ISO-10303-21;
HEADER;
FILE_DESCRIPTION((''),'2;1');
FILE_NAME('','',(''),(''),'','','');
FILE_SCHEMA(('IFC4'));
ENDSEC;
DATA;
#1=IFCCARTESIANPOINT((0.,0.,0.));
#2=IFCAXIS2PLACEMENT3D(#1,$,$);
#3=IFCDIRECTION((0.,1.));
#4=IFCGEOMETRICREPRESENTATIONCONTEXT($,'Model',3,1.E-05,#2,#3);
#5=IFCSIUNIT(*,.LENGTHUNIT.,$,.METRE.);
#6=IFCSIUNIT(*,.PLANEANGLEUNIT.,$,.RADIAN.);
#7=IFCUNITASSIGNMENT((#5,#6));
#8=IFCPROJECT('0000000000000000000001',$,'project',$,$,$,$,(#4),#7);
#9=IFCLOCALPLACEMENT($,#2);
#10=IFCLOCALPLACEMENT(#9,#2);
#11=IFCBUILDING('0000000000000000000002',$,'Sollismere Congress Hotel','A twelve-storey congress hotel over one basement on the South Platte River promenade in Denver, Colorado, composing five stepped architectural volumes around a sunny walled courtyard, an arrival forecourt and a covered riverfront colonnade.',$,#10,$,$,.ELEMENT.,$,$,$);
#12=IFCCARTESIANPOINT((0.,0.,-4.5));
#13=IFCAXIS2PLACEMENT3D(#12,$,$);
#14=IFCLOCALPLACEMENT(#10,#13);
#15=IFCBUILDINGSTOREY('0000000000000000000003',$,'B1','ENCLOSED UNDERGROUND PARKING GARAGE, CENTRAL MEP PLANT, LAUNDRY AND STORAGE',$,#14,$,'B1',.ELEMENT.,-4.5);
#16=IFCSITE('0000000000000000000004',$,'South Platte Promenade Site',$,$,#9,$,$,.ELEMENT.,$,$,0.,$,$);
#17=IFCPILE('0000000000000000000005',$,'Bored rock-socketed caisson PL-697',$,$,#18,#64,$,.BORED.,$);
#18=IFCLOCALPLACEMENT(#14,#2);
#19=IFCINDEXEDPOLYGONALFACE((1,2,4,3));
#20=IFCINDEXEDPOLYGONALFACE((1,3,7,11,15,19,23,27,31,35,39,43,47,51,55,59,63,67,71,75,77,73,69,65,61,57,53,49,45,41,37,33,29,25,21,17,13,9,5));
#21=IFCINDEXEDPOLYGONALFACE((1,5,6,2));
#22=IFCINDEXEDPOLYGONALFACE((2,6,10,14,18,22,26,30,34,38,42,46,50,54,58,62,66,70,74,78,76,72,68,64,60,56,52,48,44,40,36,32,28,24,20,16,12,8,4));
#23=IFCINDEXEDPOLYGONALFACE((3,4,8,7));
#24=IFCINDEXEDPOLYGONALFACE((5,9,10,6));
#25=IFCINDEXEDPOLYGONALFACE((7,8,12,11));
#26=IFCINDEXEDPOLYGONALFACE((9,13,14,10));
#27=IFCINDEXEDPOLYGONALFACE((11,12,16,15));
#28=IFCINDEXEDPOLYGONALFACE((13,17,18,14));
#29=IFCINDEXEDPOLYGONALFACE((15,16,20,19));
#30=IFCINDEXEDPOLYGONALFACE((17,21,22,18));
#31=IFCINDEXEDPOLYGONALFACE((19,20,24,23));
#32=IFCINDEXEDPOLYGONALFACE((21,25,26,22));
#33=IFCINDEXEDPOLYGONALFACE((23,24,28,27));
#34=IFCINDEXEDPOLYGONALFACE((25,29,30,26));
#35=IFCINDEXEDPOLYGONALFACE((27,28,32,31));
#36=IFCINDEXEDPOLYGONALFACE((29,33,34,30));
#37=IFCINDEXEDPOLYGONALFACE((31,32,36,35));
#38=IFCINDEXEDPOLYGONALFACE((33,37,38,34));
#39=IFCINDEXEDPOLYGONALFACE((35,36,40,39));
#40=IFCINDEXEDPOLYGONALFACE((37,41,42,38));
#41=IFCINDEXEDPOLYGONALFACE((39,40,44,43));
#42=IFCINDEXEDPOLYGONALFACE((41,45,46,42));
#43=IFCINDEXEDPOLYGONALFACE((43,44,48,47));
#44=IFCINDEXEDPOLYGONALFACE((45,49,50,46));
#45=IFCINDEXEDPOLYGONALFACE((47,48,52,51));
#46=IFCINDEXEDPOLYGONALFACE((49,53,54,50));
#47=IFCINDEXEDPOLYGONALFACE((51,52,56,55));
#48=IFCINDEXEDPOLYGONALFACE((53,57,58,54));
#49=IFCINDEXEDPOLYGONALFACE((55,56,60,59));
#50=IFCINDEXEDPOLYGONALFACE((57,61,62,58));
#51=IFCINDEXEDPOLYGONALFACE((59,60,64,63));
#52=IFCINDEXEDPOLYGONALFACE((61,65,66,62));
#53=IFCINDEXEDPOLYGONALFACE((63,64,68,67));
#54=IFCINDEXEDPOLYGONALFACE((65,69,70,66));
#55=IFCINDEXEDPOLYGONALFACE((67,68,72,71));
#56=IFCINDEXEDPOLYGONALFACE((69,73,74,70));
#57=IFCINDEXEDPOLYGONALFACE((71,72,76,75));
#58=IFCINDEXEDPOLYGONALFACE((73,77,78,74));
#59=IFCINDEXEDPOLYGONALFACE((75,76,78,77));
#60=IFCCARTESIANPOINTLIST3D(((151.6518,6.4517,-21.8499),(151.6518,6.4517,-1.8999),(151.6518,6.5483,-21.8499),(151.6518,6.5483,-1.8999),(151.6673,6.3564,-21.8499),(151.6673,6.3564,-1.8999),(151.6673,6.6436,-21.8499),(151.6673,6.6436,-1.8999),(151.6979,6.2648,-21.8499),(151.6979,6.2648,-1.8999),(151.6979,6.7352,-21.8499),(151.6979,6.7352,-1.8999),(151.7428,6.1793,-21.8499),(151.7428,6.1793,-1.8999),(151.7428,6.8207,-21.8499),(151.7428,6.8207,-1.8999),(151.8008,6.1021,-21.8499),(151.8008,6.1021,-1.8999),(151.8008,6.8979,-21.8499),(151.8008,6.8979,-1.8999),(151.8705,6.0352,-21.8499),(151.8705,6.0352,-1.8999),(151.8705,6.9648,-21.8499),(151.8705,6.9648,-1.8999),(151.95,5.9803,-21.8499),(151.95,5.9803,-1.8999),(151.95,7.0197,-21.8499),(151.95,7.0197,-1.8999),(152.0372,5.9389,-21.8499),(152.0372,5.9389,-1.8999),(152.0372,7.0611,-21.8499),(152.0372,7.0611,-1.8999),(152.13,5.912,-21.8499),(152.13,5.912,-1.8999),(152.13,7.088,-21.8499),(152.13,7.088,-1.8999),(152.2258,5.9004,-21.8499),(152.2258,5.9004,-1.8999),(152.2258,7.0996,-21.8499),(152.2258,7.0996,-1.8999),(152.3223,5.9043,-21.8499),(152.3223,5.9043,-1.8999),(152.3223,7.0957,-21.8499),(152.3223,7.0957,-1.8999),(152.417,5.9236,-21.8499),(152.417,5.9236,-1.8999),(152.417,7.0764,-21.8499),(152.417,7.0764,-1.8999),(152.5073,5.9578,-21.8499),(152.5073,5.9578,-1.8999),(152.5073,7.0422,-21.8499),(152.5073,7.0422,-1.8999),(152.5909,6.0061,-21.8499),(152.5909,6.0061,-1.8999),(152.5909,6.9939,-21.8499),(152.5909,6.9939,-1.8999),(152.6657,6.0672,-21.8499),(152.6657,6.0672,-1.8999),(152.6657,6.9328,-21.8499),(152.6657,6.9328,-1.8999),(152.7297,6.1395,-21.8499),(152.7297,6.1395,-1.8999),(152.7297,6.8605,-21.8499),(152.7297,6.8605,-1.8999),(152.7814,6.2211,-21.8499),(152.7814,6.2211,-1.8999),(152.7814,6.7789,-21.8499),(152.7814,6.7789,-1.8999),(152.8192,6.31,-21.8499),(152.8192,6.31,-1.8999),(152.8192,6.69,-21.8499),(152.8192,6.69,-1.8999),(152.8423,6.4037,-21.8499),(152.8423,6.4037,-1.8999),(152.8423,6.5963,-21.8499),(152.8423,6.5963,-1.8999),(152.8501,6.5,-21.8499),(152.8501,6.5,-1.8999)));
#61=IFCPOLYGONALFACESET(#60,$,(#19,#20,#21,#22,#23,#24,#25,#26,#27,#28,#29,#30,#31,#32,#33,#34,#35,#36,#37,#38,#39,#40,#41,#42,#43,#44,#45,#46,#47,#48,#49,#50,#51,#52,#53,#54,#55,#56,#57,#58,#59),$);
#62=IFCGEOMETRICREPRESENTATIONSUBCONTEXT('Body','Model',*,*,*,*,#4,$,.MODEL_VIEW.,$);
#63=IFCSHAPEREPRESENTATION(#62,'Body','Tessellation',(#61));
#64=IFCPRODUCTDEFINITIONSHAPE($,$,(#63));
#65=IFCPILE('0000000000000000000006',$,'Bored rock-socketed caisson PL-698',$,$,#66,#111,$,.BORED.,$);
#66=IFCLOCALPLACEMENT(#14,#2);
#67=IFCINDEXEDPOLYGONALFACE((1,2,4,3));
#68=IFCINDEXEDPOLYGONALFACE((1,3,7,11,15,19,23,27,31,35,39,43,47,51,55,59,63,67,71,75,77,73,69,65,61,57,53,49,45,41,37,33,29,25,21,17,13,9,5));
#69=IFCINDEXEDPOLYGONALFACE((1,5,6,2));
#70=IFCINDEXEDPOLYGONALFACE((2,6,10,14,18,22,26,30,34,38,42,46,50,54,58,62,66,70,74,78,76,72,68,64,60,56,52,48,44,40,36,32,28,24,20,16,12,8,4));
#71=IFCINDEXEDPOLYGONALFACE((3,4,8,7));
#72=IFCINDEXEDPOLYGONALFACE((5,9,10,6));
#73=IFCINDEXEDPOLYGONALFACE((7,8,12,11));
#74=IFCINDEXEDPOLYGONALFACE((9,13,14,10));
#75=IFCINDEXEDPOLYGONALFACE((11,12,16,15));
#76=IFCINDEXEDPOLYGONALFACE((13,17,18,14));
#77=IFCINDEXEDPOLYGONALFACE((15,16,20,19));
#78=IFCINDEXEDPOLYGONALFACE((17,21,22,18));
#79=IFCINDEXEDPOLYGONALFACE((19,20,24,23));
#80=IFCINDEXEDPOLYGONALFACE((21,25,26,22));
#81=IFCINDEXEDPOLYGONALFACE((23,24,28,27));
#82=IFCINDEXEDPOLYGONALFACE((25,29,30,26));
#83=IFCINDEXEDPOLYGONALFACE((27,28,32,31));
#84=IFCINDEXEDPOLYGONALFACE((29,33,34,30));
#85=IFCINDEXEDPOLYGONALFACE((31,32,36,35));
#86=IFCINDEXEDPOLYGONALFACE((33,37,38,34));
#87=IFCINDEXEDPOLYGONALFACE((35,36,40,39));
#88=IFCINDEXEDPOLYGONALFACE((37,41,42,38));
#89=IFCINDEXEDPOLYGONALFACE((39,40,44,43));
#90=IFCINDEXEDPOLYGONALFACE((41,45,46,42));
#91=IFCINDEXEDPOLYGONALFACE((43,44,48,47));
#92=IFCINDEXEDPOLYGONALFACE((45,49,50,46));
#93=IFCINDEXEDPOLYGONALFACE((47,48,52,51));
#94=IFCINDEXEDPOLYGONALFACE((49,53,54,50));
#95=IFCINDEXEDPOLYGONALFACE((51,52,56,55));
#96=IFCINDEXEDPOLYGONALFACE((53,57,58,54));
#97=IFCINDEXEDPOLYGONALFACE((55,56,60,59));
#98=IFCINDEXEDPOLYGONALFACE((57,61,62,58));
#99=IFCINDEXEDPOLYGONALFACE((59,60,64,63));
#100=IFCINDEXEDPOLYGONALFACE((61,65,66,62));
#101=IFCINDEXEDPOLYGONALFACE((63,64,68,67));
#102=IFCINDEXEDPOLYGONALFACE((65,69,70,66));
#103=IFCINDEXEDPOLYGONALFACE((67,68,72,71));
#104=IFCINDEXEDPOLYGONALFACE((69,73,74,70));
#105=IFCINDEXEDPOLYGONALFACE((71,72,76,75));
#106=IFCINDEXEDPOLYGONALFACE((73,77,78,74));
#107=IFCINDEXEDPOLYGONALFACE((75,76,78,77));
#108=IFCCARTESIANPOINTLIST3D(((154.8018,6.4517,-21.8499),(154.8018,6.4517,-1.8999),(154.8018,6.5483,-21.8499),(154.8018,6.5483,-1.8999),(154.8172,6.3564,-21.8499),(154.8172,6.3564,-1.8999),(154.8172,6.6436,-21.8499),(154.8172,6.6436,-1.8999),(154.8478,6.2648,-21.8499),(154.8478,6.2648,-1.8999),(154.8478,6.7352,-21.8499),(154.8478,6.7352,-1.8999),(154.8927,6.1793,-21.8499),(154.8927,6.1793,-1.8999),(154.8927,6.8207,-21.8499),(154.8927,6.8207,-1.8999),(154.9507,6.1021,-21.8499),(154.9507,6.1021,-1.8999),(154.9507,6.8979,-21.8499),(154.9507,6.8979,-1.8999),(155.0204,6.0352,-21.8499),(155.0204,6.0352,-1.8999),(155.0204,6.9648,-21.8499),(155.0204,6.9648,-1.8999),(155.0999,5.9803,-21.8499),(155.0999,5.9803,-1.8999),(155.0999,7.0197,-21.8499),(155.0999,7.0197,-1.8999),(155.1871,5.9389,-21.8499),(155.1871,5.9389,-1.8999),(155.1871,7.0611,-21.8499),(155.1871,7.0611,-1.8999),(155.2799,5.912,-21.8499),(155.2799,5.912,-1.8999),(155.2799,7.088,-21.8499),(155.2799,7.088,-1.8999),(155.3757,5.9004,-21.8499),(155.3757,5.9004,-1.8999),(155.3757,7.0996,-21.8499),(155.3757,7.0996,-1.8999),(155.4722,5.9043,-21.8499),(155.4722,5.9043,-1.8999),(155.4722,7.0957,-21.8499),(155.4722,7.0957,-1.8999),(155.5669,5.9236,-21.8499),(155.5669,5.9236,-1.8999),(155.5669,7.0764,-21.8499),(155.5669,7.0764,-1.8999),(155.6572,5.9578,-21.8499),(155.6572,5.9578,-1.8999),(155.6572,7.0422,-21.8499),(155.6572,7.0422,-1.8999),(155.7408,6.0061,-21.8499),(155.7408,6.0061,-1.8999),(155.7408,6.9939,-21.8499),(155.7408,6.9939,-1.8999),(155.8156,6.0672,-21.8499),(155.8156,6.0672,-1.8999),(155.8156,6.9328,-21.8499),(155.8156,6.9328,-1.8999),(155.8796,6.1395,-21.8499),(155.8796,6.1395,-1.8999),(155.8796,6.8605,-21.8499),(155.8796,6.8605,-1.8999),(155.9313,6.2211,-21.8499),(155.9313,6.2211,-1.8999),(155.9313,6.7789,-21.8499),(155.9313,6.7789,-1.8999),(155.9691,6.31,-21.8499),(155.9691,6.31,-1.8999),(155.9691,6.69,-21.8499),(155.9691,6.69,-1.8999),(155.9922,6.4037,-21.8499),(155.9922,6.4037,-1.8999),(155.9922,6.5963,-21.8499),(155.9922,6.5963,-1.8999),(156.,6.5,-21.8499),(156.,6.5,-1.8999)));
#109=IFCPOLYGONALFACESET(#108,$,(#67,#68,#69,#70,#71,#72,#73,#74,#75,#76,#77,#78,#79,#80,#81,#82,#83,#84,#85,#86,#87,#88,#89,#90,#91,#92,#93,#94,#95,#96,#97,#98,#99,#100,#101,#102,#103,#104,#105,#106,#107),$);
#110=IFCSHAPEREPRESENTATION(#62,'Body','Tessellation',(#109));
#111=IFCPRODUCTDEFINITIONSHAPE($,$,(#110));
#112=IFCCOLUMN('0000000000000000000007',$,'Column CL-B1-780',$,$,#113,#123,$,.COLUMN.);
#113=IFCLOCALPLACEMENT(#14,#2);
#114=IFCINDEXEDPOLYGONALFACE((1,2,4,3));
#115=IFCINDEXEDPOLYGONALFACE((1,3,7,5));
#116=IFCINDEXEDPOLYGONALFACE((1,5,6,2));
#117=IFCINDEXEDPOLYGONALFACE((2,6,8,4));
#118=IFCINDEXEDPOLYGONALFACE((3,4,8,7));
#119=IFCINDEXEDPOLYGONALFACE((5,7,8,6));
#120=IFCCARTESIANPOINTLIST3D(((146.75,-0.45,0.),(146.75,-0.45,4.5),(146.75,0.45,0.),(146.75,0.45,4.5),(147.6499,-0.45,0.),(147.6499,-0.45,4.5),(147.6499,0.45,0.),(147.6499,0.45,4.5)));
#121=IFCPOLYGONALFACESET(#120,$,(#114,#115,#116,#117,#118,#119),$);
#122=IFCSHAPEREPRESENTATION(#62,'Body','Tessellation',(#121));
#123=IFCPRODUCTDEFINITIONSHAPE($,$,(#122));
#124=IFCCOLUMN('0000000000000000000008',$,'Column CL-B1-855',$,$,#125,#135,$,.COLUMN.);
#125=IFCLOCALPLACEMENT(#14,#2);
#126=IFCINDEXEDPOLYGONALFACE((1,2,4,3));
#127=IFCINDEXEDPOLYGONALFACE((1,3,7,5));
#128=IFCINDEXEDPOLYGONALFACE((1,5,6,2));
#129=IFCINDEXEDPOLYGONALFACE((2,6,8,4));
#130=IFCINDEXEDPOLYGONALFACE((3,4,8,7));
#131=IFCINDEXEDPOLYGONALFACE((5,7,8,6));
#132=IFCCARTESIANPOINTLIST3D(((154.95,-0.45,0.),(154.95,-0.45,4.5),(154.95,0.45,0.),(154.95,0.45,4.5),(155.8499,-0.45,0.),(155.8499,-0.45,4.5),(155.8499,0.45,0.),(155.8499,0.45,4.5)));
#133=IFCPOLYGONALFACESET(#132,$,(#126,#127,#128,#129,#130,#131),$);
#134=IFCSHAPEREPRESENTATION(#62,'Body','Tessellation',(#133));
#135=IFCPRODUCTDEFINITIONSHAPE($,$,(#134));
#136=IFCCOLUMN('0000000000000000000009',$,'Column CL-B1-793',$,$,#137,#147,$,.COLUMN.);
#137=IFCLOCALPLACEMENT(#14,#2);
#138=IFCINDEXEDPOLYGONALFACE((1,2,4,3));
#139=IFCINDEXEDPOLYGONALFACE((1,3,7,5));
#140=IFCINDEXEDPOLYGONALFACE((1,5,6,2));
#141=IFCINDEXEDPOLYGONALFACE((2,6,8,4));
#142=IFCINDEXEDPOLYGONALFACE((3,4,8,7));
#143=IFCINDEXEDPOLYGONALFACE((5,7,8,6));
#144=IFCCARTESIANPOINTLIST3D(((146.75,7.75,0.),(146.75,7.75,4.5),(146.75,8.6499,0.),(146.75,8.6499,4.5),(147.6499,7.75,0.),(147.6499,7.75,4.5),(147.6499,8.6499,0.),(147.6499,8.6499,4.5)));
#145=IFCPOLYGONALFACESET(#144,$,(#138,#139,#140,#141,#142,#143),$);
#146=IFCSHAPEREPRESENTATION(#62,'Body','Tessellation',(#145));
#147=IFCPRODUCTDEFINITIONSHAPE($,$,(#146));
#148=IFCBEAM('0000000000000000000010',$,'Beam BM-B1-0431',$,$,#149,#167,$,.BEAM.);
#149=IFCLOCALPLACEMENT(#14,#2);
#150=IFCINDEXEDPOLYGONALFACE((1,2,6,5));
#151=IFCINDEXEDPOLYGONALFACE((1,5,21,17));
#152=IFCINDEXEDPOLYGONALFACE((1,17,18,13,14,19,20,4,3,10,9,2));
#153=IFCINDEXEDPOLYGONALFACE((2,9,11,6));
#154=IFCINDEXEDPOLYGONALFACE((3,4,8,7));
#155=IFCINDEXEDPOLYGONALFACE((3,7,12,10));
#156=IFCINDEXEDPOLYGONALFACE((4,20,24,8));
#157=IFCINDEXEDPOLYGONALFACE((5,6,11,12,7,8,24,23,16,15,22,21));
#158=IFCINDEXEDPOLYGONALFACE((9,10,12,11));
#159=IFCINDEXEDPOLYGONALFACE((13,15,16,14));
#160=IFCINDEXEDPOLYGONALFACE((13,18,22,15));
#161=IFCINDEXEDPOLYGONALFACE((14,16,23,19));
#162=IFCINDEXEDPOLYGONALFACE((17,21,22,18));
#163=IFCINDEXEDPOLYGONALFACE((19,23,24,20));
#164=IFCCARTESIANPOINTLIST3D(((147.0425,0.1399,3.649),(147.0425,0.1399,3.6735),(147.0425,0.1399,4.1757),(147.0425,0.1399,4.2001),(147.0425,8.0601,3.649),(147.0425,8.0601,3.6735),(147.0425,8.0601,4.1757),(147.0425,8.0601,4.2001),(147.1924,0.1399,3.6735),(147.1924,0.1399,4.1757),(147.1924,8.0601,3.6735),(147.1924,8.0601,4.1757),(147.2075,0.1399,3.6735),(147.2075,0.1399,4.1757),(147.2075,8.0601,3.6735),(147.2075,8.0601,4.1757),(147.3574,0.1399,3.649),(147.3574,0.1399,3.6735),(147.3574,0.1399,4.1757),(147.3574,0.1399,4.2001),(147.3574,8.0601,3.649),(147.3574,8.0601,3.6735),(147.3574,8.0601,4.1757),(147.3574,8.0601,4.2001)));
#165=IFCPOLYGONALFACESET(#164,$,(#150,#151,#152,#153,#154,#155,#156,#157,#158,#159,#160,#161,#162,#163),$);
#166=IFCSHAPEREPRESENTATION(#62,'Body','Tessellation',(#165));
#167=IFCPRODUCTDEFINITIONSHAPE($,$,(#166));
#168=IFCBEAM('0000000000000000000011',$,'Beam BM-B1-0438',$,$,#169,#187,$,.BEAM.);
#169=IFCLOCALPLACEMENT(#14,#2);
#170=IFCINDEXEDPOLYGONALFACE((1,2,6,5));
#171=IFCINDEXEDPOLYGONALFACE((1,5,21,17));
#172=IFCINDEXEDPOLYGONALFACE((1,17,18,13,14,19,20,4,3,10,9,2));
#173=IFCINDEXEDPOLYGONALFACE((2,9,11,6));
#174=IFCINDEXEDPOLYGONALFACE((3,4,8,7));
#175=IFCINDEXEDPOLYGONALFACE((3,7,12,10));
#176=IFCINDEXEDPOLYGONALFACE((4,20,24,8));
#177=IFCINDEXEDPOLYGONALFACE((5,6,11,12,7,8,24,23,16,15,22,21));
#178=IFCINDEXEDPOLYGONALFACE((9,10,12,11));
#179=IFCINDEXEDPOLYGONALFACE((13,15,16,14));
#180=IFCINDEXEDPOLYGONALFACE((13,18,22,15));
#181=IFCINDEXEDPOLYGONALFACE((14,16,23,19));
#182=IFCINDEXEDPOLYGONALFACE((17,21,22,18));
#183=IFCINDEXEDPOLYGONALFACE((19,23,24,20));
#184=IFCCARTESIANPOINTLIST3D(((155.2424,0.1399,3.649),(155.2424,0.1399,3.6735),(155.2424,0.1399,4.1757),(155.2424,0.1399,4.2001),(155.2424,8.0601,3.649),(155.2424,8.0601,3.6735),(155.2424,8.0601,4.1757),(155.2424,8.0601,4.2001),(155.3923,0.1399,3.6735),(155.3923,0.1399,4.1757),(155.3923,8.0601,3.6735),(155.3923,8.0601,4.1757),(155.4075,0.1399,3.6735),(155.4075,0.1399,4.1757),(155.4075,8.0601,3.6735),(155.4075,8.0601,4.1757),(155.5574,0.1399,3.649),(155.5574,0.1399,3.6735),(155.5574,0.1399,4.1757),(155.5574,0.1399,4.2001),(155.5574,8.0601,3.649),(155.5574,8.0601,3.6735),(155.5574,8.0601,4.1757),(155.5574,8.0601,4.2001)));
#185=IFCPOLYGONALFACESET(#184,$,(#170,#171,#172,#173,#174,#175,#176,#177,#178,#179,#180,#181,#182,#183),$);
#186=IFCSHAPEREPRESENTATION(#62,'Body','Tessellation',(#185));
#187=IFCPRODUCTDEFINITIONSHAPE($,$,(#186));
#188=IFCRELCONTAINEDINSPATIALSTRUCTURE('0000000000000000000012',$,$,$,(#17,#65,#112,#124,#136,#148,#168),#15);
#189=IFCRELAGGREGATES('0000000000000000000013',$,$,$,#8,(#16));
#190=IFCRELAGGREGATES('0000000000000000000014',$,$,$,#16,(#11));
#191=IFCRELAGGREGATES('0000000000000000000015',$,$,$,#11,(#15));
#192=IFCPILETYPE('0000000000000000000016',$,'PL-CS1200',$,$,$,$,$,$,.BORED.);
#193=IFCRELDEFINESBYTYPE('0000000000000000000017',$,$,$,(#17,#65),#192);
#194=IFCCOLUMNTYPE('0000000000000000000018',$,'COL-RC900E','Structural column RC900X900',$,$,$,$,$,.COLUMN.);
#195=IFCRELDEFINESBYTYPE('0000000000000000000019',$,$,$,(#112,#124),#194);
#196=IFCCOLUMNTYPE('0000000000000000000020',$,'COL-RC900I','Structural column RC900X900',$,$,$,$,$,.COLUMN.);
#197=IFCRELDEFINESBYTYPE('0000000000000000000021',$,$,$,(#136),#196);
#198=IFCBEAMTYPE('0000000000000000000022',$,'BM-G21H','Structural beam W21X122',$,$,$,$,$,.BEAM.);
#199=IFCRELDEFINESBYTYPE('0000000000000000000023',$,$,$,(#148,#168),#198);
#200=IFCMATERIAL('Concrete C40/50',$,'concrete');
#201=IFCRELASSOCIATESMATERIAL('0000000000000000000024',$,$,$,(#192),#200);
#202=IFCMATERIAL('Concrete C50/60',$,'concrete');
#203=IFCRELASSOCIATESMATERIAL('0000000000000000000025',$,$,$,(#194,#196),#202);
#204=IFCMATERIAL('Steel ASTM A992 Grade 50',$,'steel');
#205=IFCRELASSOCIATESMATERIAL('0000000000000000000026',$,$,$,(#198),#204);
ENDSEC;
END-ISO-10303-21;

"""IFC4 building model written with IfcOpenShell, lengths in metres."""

from ifc_helpers import new_model, si_unit, direction, frame, origin, origin_2d, place, context, subcontext, project, spatial, rectangle, circle, i_section, extrude, material, material_profile, profile_set, type_object, element, save


model = new_model("IFC4")

# Units and contexts
model_context = context("Model", 3, precision=1e-05, world=origin(), true_north=direction((0.0, 1.0)))
body_context = subcontext(model_context, "Body", "Model", "MODEL_VIEW")
ifc_project = project(units=[si_unit("LENGTHUNIT", "METRE"), si_unit("PLANEANGLEUNIT", "RADIAN")], contexts=[model_context])

# Site, building, storey
site_placement = place(None, origin())
site = spatial("IfcSite", under=ifc_project, at=site_placement, Name="South Platte Promenade Site", CompositionType="ELEMENT", RefElevation=0.0)
building_placement = place(site_placement, origin())
building = spatial("IfcBuilding", under=site, at=building_placement, Name="Sollismere Congress Hotel", Description="A twelve-storey congress hotel over one basement on the South Platte River promenade in Denver, Colorado, composing five stepped architectural volumes around a sunny walled courtyard, an arrival forecourt and a covered riverfront colonnade.", CompositionType="ELEMENT")
storey_placement = place(building_placement, frame((0.0, 0.0, -4.5)))
storey = spatial("IfcBuildingStorey", under=building, at=storey_placement, Name="B1", Description="ENCLOSED UNDERGROUND PARKING GARAGE, CENTRAL MEP PLANT, LAUNDRY AND STORAGE", LongName="B1", CompositionType="ELEMENT", Elevation=-4.5)

# Shared definitions
ifc_material_1 = material(Name="Concrete C40/50", Category="concrete")

# Piles
ifc_material_profile_1 = material_profile(ifc_material_1, circle(Radius=0.6001, at=origin_2d()), Name="CAISSON1200")
ifc_profile_set_1 = profile_set([ifc_material_profile_1], Name="Concrete C40/50")
pile_type = type_object("IfcPileType", Name="PL-CS1200", PredefinedType="BORED", material=ifc_profile_set_1)
for number, where, z_axis, x_axis, name in (
    (1, (152.25, 6.5, -1.8999), (0.0, 0.0, -1.0), (1.0, 0.0, 0.0), "Bored rock-socketed caisson PL-697"),
    (2, (155.3999, 6.5, -1.8999), (0.0, 0.0, -1.0), (1.0, 0.0, 0.0), "Bored rock-socketed caisson PL-698"),
):
    element("IfcPile", number, at=place(storey_placement, frame(where, z_axis=z_axis, x_axis=x_axis)), inside=storey, type_object=pile_type, Name=name, PredefinedType="BORED", context=body_context, shape_type="SweptSolid", body=[
        extrude(circle(Radius=0.6001, at=origin_2d()), origin(), (0.0, 0.0, 1.0), 19.95),
    ])

# Columns
ifc_material_2 = material(Name="Concrete C50/60", Category="concrete")
ifc_material_profile_2 = material_profile(ifc_material_2, rectangle(XDim=0.8999, YDim=0.8999, at=origin_2d()), Name="RC900X900")
ifc_profile_set_2 = profile_set([ifc_material_profile_2], Name="Concrete C50/60")
column_type_1 = type_object("IfcColumnType", Name="COL-RC900E", Description="Structural column RC900X900", PredefinedType="COLUMN", material=ifc_profile_set_2)
for number, where, z_axis, x_axis, name in (
    (3, (147.2, 0.0, 0.0), (0.0, 0.0, 1.0), (0.0, 1.0, 0.0), "Column CL-B1-780"),
    (4, (155.3999, 0.0, 0.0), (0.0, 0.0, 1.0), (0.0, 1.0, 0.0), "Column CL-B1-855"),
):
    element("IfcColumn", number, at=place(storey_placement, frame(where, z_axis=z_axis, x_axis=x_axis)), inside=storey, type_object=column_type_1, Name=name, PredefinedType="COLUMN", context=body_context, shape_type="SweptSolid", body=[
        extrude(rectangle(XDim=0.8999, YDim=0.8999, at=origin_2d()), origin(), (0.0, 0.0, 1.0), 4.5),
    ])
ifc_material_profile_3 = material_profile(ifc_material_2, rectangle(XDim=0.8999, YDim=0.8999, at=origin_2d()), Name="RC900X900")
ifc_profile_set_3 = profile_set([ifc_material_profile_3], Name="Concrete C50/60")
column_type_2 = type_object("IfcColumnType", Name="COL-RC900I", Description="Structural column RC900X900", PredefinedType="COLUMN", material=ifc_profile_set_3)
column_placement = place(storey_placement, frame((147.2, 8.2, 0.0), z_axis=(0.0, 0.0, 1.0), x_axis=(1.0, 0.0, 0.0)))
element("IfcColumn", 5, at=column_placement, inside=storey, type_object=column_type_2, Name="Column CL-B1-793", PredefinedType="COLUMN", context=body_context, shape_type="SweptSolid", body=[
    extrude(rectangle(XDim=0.8999, YDim=0.8999, at=origin_2d()), origin(), (0.0, 0.0, 1.0), 4.5),
])

# Beams
ifc_material_3 = material(Name="Steel ASTM A992 Grade 50", Category="steel")
ifc_material_profile_4 = material_profile(ifc_material_3, i_section(OverallWidth=0.3149, OverallDepth=0.551, WebThickness=0.0151, FlangeThickness=0.0244, at=origin_2d()), Name="W21X122")
ifc_profile_set_4 = profile_set([ifc_material_profile_4], Name="Steel ASTM A992 Grade 50")
beam_type_1 = type_object("IfcBeamType", Name="BM-G21H", Description="Structural beam W21X122", PredefinedType="BEAM", material=ifc_profile_set_4)
for number, where, z_axis, x_axis, name in (
    (6, (147.2, 0.1399, 3.9246), (0.0, 1.0, 0.0), (-1.0, 0.0, 0.0), "Beam BM-B1-0431"),
    (7, (155.3999, 0.1399, 3.9246), (0.0, 1.0, 0.0), (-1.0, 0.0, 0.0), "Beam BM-B1-0438"),
):
    element("IfcBeam", number, at=place(storey_placement, frame(where, z_axis=z_axis, x_axis=x_axis)), inside=storey, type_object=beam_type_1, Name=name, PredefinedType="BEAM", context=body_context, shape_type="SweptSolid", body=[
        extrude(i_section(OverallWidth=0.3149, OverallDepth=0.551, WebThickness=0.0151, FlangeThickness=0.0244, at=origin_2d()), origin(), (0.0, 0.0, 1.0), 7.9202),
    ])

save(model, "model.ifc")
